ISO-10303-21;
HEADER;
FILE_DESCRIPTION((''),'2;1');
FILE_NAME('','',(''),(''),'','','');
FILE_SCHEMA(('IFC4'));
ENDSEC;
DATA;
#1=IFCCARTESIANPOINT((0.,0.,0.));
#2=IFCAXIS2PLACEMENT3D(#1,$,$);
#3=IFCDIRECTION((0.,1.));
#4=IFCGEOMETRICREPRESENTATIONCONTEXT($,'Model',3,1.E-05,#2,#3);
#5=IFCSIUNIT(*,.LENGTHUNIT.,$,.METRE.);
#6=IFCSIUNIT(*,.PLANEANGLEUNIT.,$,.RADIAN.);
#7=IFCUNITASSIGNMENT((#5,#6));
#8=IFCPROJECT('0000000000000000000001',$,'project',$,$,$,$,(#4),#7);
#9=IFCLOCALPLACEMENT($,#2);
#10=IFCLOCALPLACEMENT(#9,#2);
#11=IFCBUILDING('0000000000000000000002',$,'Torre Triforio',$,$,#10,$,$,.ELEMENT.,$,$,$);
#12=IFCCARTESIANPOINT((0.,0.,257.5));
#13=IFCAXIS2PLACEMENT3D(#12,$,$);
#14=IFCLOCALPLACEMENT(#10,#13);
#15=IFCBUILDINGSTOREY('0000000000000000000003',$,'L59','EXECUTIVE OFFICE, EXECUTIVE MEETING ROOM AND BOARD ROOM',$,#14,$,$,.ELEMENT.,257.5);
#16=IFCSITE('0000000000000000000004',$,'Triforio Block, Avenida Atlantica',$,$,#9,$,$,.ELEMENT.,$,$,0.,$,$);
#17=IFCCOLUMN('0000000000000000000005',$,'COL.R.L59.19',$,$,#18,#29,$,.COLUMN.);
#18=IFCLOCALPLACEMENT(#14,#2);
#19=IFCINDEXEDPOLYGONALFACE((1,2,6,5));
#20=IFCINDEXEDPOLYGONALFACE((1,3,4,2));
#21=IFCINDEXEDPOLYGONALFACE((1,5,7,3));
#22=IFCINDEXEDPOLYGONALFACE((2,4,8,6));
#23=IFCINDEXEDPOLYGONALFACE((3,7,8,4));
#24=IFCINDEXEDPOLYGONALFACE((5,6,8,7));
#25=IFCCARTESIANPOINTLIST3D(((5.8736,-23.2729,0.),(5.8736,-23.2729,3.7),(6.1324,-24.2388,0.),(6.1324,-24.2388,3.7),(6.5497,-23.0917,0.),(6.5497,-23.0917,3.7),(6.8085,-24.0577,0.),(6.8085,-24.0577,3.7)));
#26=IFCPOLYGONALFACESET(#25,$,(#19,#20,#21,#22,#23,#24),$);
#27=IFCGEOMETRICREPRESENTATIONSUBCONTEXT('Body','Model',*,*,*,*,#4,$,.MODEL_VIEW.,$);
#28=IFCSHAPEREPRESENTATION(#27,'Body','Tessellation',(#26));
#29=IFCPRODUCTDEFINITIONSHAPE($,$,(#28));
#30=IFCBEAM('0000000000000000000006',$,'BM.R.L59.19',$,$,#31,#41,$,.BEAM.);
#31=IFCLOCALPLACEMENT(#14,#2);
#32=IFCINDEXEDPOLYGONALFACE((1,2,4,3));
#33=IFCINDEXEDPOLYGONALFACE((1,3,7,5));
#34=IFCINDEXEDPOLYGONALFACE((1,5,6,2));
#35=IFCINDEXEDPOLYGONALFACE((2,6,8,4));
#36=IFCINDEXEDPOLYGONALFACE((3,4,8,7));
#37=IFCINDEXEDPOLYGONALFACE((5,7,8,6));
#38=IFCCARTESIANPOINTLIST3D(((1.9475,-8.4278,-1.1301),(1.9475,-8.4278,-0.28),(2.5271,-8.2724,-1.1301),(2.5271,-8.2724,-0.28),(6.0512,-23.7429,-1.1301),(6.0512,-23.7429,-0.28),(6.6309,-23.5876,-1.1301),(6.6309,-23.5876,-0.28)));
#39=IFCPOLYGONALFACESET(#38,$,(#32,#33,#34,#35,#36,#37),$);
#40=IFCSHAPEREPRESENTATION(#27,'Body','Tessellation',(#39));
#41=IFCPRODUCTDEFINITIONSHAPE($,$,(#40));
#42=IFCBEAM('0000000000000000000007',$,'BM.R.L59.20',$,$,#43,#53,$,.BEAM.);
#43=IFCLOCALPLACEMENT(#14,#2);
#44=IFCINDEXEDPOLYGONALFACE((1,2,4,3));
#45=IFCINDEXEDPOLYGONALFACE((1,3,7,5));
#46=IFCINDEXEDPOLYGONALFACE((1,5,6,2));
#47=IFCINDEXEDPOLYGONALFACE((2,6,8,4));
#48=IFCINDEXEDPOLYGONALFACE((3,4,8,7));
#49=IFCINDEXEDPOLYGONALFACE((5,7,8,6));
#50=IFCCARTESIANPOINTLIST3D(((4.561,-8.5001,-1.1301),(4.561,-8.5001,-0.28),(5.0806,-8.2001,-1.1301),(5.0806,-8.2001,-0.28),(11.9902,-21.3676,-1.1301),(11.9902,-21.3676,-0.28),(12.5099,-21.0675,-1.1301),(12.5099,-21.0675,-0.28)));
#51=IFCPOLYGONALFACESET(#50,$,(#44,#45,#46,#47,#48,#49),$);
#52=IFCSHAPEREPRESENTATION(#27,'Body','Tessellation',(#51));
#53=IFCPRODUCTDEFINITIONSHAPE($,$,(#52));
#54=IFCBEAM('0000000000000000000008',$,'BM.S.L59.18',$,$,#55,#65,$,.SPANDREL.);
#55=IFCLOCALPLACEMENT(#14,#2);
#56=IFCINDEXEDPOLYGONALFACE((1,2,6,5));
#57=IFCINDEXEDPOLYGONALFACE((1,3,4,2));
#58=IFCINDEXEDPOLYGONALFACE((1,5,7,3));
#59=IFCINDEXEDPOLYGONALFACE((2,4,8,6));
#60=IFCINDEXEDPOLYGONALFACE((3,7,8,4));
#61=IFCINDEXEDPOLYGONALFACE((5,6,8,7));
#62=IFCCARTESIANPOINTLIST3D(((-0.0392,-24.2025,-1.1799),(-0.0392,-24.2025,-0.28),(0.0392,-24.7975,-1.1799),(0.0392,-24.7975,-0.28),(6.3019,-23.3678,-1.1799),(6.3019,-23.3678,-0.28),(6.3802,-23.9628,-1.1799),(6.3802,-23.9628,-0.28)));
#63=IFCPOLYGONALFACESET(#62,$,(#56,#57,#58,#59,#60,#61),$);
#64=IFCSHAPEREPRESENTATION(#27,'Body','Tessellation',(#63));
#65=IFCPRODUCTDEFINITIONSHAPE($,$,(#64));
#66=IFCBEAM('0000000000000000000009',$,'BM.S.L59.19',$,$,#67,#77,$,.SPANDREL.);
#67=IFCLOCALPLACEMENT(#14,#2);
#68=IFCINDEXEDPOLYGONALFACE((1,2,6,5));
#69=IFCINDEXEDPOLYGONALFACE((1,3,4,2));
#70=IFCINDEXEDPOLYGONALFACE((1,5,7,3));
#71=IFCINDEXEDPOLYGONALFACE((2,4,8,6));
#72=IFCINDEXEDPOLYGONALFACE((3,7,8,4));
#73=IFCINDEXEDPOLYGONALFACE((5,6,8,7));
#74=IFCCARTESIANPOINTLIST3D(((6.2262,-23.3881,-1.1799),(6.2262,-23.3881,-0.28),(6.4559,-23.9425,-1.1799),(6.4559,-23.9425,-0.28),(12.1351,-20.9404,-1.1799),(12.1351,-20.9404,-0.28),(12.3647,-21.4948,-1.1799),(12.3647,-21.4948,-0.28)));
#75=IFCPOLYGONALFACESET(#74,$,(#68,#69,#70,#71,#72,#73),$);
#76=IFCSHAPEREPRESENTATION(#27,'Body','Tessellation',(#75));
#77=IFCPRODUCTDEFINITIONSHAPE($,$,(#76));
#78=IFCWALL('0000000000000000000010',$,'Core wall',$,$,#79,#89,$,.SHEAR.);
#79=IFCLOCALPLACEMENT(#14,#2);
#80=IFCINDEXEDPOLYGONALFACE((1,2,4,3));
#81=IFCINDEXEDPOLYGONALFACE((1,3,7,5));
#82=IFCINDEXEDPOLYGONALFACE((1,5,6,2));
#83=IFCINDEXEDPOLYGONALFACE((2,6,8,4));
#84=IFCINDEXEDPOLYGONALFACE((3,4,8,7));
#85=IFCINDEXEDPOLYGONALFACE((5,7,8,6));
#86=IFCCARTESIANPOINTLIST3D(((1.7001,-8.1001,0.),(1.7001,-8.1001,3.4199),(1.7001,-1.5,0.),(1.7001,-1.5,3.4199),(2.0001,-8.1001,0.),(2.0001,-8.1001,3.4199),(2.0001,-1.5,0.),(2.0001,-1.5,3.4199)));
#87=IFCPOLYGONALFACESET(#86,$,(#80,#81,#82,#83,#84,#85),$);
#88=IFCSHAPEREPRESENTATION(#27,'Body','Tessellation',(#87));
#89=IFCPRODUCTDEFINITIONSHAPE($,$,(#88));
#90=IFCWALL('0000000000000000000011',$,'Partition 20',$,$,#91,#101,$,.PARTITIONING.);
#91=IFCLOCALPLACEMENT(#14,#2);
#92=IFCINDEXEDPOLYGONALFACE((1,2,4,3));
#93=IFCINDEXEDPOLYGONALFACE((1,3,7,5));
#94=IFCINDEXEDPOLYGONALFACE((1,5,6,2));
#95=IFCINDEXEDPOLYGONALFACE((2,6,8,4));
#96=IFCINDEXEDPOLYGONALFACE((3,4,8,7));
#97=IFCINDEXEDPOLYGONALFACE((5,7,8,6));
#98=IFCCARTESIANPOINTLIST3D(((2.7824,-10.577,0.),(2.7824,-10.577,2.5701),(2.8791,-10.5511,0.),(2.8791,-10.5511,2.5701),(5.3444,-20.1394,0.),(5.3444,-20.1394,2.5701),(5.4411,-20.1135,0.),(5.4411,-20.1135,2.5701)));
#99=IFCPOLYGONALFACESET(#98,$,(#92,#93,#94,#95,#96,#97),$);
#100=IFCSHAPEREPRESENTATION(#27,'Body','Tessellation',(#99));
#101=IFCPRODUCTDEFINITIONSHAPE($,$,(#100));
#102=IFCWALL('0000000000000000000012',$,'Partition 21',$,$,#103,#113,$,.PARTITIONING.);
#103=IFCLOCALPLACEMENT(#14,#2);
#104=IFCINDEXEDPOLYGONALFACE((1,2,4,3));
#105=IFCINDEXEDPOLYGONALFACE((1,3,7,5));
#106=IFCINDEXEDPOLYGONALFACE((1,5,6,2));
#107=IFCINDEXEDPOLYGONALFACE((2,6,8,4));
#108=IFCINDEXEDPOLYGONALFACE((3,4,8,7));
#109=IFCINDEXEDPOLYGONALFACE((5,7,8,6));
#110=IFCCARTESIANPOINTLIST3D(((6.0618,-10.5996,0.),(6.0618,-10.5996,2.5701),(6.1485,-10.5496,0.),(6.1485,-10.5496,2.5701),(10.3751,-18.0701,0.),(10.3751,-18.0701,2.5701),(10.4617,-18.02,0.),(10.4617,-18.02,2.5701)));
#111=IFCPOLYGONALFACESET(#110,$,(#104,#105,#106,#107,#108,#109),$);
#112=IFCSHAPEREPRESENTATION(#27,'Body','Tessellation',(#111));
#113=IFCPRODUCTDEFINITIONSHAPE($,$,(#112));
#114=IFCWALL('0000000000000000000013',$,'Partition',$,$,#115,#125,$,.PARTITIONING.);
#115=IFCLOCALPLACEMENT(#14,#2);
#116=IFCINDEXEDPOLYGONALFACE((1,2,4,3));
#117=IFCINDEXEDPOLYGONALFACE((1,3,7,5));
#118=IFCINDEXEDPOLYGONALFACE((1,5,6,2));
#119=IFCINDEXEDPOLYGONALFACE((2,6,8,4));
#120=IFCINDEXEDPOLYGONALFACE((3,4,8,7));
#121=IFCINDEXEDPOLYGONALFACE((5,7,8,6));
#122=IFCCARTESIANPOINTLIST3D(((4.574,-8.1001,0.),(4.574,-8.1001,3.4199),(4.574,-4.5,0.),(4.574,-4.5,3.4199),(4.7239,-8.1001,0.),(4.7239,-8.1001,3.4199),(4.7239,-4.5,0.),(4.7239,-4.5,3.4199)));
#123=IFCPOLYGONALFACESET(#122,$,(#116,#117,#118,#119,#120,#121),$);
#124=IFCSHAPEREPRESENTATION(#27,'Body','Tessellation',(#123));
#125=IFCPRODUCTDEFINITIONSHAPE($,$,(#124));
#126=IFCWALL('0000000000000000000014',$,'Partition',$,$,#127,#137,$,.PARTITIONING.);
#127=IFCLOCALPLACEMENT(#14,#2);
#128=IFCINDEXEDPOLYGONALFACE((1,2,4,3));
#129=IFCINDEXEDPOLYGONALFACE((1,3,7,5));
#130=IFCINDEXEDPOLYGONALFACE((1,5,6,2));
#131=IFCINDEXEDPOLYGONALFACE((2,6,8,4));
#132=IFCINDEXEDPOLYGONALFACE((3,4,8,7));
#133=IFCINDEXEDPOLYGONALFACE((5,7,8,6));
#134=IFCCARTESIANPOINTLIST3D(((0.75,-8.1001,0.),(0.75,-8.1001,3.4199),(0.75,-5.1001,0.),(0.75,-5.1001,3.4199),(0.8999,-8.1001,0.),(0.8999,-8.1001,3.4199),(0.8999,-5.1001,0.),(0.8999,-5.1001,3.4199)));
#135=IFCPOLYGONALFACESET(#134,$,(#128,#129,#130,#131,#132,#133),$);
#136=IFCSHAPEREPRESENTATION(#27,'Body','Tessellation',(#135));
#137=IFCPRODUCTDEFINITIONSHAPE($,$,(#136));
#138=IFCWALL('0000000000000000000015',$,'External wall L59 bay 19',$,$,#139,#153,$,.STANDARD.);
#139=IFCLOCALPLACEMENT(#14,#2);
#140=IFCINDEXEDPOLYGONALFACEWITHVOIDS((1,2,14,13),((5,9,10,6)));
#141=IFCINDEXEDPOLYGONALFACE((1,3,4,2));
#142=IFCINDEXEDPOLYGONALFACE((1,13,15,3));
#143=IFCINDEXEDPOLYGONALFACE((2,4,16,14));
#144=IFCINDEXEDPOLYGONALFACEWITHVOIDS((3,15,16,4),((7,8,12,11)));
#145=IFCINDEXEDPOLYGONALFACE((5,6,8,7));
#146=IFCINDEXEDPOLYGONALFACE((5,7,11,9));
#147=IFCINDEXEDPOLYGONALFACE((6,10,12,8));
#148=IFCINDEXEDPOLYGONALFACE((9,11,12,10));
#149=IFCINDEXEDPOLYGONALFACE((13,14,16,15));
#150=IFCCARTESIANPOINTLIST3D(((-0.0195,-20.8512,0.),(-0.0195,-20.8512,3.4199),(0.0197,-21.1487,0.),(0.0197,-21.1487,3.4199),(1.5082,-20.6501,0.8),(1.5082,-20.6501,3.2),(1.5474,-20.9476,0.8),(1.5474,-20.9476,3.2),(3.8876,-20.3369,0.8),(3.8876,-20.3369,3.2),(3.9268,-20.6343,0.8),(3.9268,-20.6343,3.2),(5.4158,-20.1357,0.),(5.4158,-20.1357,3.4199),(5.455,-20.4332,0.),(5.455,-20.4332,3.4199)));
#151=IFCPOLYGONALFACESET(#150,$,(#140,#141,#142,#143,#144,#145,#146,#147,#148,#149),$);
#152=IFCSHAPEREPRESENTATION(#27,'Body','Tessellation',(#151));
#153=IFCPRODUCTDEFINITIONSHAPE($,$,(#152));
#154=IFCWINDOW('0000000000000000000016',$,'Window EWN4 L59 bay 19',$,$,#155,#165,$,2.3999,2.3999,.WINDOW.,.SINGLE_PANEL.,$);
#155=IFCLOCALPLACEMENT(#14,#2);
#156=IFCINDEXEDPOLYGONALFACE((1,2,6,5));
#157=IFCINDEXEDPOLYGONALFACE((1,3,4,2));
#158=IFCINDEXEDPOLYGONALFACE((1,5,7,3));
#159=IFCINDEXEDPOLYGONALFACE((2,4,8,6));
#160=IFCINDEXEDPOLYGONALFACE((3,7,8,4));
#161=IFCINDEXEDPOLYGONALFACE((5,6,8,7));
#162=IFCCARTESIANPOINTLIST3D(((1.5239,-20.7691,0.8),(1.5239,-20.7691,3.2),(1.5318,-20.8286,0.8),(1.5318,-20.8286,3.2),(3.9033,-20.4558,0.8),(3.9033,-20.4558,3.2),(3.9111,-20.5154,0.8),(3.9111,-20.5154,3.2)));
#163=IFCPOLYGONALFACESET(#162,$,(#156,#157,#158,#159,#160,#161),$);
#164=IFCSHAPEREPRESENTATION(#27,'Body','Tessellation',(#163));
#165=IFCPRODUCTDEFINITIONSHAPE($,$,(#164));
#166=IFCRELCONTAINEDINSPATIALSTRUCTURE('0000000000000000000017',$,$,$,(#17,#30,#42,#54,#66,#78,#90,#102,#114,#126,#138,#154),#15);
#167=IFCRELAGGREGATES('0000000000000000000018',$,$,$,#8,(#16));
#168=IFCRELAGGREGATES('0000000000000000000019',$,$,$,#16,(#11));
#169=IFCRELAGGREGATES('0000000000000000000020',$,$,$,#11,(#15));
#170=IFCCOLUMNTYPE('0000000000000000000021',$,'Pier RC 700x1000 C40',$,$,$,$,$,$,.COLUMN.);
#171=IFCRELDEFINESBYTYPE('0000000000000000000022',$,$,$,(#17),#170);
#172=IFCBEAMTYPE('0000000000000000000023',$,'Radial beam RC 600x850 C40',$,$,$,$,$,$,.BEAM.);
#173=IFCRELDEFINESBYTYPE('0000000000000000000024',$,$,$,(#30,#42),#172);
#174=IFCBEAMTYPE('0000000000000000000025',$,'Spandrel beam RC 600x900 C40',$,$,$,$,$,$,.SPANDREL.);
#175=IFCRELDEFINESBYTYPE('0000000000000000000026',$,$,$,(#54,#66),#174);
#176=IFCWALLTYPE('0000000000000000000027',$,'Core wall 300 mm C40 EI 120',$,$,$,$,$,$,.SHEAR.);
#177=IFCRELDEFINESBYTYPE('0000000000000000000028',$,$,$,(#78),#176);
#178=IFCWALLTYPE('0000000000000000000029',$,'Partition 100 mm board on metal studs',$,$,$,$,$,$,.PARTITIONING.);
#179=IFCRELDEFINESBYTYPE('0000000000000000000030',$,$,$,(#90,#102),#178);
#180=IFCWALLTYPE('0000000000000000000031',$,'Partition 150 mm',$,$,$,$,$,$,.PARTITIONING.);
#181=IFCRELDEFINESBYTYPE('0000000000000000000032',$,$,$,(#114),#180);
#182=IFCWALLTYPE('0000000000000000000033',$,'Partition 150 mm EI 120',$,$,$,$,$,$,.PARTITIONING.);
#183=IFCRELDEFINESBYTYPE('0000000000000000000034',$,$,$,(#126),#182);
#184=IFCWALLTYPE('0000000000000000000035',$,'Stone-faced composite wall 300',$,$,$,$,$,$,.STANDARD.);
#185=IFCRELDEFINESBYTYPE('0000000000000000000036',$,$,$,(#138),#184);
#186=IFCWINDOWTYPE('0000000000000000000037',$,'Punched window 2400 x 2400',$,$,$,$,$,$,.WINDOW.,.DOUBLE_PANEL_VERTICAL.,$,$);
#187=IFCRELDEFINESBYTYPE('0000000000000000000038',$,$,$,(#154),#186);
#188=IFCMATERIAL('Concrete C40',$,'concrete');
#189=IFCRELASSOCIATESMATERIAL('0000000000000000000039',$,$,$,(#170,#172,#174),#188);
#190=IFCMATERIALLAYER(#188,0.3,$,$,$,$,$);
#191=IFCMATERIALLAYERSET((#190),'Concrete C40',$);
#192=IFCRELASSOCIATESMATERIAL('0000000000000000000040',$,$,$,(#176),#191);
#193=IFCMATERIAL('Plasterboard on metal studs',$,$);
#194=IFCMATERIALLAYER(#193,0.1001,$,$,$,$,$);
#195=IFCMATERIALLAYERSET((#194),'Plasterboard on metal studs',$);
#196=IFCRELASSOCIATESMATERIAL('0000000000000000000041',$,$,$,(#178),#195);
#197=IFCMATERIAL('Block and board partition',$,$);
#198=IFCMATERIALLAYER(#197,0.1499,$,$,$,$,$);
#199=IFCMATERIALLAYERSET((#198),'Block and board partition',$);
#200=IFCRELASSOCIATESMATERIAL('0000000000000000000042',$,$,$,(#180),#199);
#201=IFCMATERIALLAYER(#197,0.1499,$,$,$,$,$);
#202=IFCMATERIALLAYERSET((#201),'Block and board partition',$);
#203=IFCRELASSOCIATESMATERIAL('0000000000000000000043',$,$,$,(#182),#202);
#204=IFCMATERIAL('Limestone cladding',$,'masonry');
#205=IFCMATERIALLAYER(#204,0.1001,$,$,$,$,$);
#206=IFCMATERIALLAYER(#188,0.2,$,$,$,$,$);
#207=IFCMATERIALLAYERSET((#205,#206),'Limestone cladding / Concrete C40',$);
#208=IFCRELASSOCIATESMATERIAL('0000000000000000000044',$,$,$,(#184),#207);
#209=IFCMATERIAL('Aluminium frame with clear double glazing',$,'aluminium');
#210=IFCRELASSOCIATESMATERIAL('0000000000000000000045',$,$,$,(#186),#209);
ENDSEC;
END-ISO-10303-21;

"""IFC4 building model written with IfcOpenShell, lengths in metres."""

from ifc_helpers import new_model, si_unit, direction, frame, frame_2d, origin, origin_2d, place, context, subcontext, project, spatial, rectangle, extrude, material, layer, layer_set, material_profile, profile_set, type_object, element, fill, save


model = new_model("IFC4")

# Units and contexts
model_context = context("Model", 3, precision=1e-05, world=origin(), true_north=direction((0.0, 1.0)))
body_context = subcontext(model_context, "Body", "Model", "MODEL_VIEW")
ifc_project = project(units=[si_unit("LENGTHUNIT", "METRE"), si_unit("PLANEANGLEUNIT", "RADIAN")], contexts=[model_context])

# Site, building, storey
site_placement = place(None, origin())
site = spatial("IfcSite", under=ifc_project, at=site_placement, Name="Triforio Block, Avenida Atlantica", CompositionType="ELEMENT", RefElevation=0.0)
building_placement = place(site_placement, origin())
building = spatial("IfcBuilding", under=site, at=building_placement, Name="Torre Triforio", CompositionType="ELEMENT")
storey_placement = place(building_placement, frame((0.0, 0.0, 257.5)))
storey = spatial("IfcBuildingStorey", under=building, at=storey_placement, Name="L59", Description="EXECUTIVE OFFICE, EXECUTIVE MEETING ROOM AND BOARD ROOM", CompositionType="ELEMENT", Elevation=257.5)

# Column
ifc_material_1 = material(Name="Concrete C40", Category="concrete")
ifc_material_profile_1 = material_profile(ifc_material_1, rectangle(XDim=0.7, YDim=1.0, at=origin_2d()), Name="RC 700x1000")
ifc_profile_set_1 = profile_set([ifc_material_profile_1], Name="Concrete C40")
column_type = type_object("IfcColumnType", Name="Pier RC 700x1000 C40", PredefinedType="COLUMN", material=ifc_profile_set_1)
column_placement = place(storey_placement, frame((6.3411, -23.6653, 0.0), z_axis=(0.0, 0.0, 1.0), x_axis=(0.965926, 0.258819, 0.0)))
element("IfcColumn", 1, at=column_placement, inside=storey, type_object=column_type, Name="COL.R.L59.19", PredefinedType="COLUMN", context=body_context, shape_type="SweptSolid", body=[
    extrude(rectangle(XDim=0.7, YDim=1.0, at=origin_2d()), origin(), (0.0, 0.0, 1.0), 3.7),
])

# Beams
ifc_material_profile_2 = material_profile(ifc_material_1, rectangle(XDim=0.6001, YDim=0.8501, at=origin_2d()), Name="RC 600x850")
ifc_profile_set_2 = profile_set([ifc_material_profile_2], Name="Concrete C40")
beam_type_1 = type_object("IfcBeamType", Name="Radial beam RC 600x850 C40", PredefinedType="BEAM", material=ifc_profile_set_2)
beam_1_placement = place(storey_placement, frame((2.2373, -8.3501, -0.7051), z_axis=(0.258823, -0.965925, 0.0), x_axis=(0.965925, 0.258823, 0.0)))
element("IfcBeam", 2, at=beam_1_placement, inside=storey, type_object=beam_type_1, Name="BM.R.L59.19", PredefinedType="BEAM", context=body_context, shape_type="SweptSolid", body=[
    extrude(rectangle(XDim=0.6001, YDim=0.8501, at=origin_2d()), origin(), (0.0, 0.0, 1.0), 15.8555),
])
beam_2_placement = place(storey_placement, frame((4.8208, -8.3501, -0.7051), z_axis=(0.500009, -0.86602, 0.0), x_axis=(0.86602, 0.500009, 0.0)))
element("IfcBeam", 3, at=beam_2_placement, inside=storey, type_object=beam_type_1, Name="BM.R.L59.20", PredefinedType="BEAM", context=body_context, shape_type="SweptSolid", body=[
    extrude(rectangle(XDim=0.6001, YDim=0.8501, at=origin_2d()), origin(), (0.0, 0.0, 1.0), 14.8582),
])
ifc_material_profile_3 = material_profile(ifc_material_1, rectangle(XDim=0.6001, YDim=0.8999, at=origin_2d()), Name="RC 600x900")
ifc_profile_set_3 = profile_set([ifc_material_profile_3], Name="Concrete C40")
beam_type_2 = type_object("IfcBeamType", Name="Spandrel beam RC 600x900 C40", PredefinedType="SPANDREL", material=ifc_profile_set_3)
for number, where, z_axis, x_axis, name in (
    (4, (0.0, -24.5, -0.73), (0.991447, 0.130511, 0.0), (-0.130511, 0.991447, 0.0), "BM.S.L59.18"),
    (5, (6.3411, -23.6653, -0.73), (0.923869, 0.382709, 0.0), (-0.382709, 0.923869, 0.0), "BM.S.L59.19"),
):
    element("IfcBeam", number, at=place(storey_placement, frame(where, z_axis=z_axis, x_axis=x_axis)), inside=storey, type_object=beam_type_2, Name=name, PredefinedType="SPANDREL", context=body_context, shape_type="SweptSolid", body=[
        extrude(rectangle(XDim=0.6001, YDim=0.8999, at=origin_2d()), origin(), (0.0, 0.0, 1.0), 6.3958),
    ])

# Walls
ifc_layer_1 = layer(ifc_material_1, 0.3)
ifc_layer_set_1 = layer_set([ifc_layer_1], Name="Concrete C40")
wall_type_1 = type_object("IfcWallType", Name="Core wall 300 mm C40 EI 120", PredefinedType="SHEAR", material=ifc_layer_set_1)
wall_1_placement = place(storey_placement, frame((1.8501, -8.1001, 0.0), z_axis=(0.0, 0.0, 1.0), x_axis=(0.0, 1.0, 0.0)))
element("IfcWall", 6, at=wall_1_placement, inside=storey, type_object=wall_type_1, Name="Core wall", PredefinedType="SHEAR", context=body_context, shape_type="SweptSolid", body=[
    extrude(rectangle(XDim=6.6001, YDim=0.3, at=frame_2d((3.3, 0.0))), origin(), (0.0, 0.0, 1.0), 3.4199),
])
ifc_material_2 = material(Name="Plasterboard on metal studs")
ifc_layer_2 = layer(ifc_material_2, 0.1001)
ifc_layer_set_2 = layer_set([ifc_layer_2], Name="Plasterboard on metal studs")
wall_type_2 = type_object("IfcWallType", Name="Partition 100 mm board on metal studs", PredefinedType="PARTITIONING", material=ifc_layer_set_2)
wall_2_placement = place(storey_placement, frame((2.8308, -10.5642, 0.0), z_axis=(0.0, 0.0, 1.0), x_axis=(0.258795, -0.965932, 0.0)))
element("IfcWall", 7, at=wall_2_placement, inside=storey, type_object=wall_type_2, Name="Partition 20", PredefinedType="PARTITIONING", context=body_context, shape_type="SweptSolid", body=[
    extrude(rectangle(XDim=9.8997, YDim=0.1001, at=frame_2d((4.9497, 0.0))), origin(), (0.0, 0.0, 1.0), 2.5701),
])
wall_3_placement = place(storey_placement, frame((6.1052, -10.5747, 0.0), z_axis=(0.0, 0.0, 1.0), x_axis=(0.500014, -0.866017, 0.0)))
element("IfcWall", 8, at=wall_3_placement, inside=storey, type_object=wall_type_2, Name="Partition 21", PredefinedType="PARTITIONING", context=body_context, shape_type="SweptSolid", body=[
    extrude(rectangle(XDim=8.6262, YDim=0.1001, at=frame_2d((4.313, 0.0))), origin(), (0.0, 0.0, 1.0), 2.5701),
])
ifc_material_3 = material(Name="Block and board partition")
ifc_layer_3 = layer(ifc_material_3, 0.1499)
ifc_layer_set_3 = layer_set([ifc_layer_3], Name="Block and board partition")
wall_type_3 = type_object("IfcWallType", Name="Partition 150 mm", PredefinedType="PARTITIONING", material=ifc_layer_set_3)
wall_4_placement = place(storey_placement, frame((4.6489, -8.1001, 0.0), z_axis=(0.0, 0.0, 1.0), x_axis=(0.0, 1.0, 0.0)))
element("IfcWall", 9, at=wall_4_placement, inside=storey, type_object=wall_type_3, Name="Partition", PredefinedType="PARTITIONING", context=body_context, shape_type="SweptSolid", body=[
    extrude(rectangle(XDim=3.6001, YDim=0.1499, at=frame_2d((1.8, 0.0))), origin(), (0.0, 0.0, 1.0), 3.4199),
])
ifc_layer_4 = layer(ifc_material_3, 0.1499)
ifc_layer_set_4 = layer_set([ifc_layer_4], Name="Block and board partition")
wall_type_4 = type_object("IfcWallType", Name="Partition 150 mm EI 120", PredefinedType="PARTITIONING", material=ifc_layer_set_4)
wall_5_placement = place(storey_placement, frame((0.825, -8.1001, 0.0), z_axis=(0.0, 0.0, 1.0), x_axis=(0.0, 1.0, 0.0)))
element("IfcWall", 10, at=wall_5_placement, inside=storey, type_object=wall_type_4, Name="Partition", PredefinedType="PARTITIONING", context=body_context, shape_type="SweptSolid", body=[
    extrude(rectangle(XDim=3.0, YDim=0.1499, at=frame_2d((1.5, 0.0))), origin(), (0.0, 0.0, 1.0), 3.4199),
])

# Wall, opening, window
ifc_material_4 = material(Name="Limestone cladding", Category="masonry")
ifc_layer_5 = layer(ifc_material_4, 0.1001)
ifc_layer_6 = layer(ifc_material_1, 0.2)
ifc_layer_set_5 = layer_set([ifc_layer_5, ifc_layer_6], Name="Limestone cladding / Concrete C40")
wall_type_5 = type_object("IfcWallType", Name="Stone-faced composite wall 300", PredefinedType="STANDARD", material=ifc_layer_set_5)
wall_6_placement = place(storey_placement, frame((0.0, -21.0, 0.0), z_axis=(0.0, 0.0, 1.0), x_axis=(0.991445, 0.130527, 0.0)))
wall_6 = element("IfcWall", 11, at=wall_6_placement, inside=storey, type_object=wall_type_5, Name="External wall L59 bay 19", PredefinedType="STANDARD", context=body_context, shape_type="SweptSolid", body=[
    extrude(rectangle(XDim=5.4822, YDim=0.3, at=frame_2d((2.7412, 0.0))), origin(), (0.0, 0.0, 1.0), 3.4199),
])
opening_1_placement = place(wall_6_placement, frame((1.541, 0.0, 0.8)))
opening_1 = element("IfcOpeningElement", 12, at=opening_1_placement, cuts=wall_6, PredefinedType="OPENING", context=body_context, shape_type="SweptSolid", body=[
    extrude(rectangle(XDim=2.3999, YDim=2.3999, at=frame_2d((1.2, 1.2))), frame((0.0, 0.1599, 0.0), z_axis=(0.0, -1.0, 0.0), x_axis=(1.0, 0.0, 0.0)), (0.0, 0.0, 1.0), 0.3201),
])
ifc_material_5 = material(Name="Aluminium frame with clear double glazing", Category="aluminium")
window_type_1 = type_object("IfcWindowType", Name="Punched window 2400 x 2400", PartitioningType="DOUBLE_PANEL_VERTICAL", PredefinedType="WINDOW", material=ifc_material_5)
window_1_placement = place(opening_1_placement, origin())
window_1 = element("IfcWindow", 13, at=window_1_placement, inside=storey, type_object=window_type_1, Name="Window EWN4 L59 bay 19", OverallHeight=2.3999, OverallWidth=2.3999, PartitioningType="SINGLE_PANEL", PredefinedType="WINDOW", context=body_context, shape_type="SweptSolid", body=[
    extrude(rectangle(XDim=2.3999, YDim=2.3999, at=frame_2d((1.2, 1.2))), frame((0.0, 0.03, 0.0), z_axis=(0.0, -1.0, 0.0), x_axis=(1.0, 0.0, 0.0)), (0.0, 0.0, 1.0), 0.0601),
])
fill(opening_1, window_1)

save(model, "model.ifc")
